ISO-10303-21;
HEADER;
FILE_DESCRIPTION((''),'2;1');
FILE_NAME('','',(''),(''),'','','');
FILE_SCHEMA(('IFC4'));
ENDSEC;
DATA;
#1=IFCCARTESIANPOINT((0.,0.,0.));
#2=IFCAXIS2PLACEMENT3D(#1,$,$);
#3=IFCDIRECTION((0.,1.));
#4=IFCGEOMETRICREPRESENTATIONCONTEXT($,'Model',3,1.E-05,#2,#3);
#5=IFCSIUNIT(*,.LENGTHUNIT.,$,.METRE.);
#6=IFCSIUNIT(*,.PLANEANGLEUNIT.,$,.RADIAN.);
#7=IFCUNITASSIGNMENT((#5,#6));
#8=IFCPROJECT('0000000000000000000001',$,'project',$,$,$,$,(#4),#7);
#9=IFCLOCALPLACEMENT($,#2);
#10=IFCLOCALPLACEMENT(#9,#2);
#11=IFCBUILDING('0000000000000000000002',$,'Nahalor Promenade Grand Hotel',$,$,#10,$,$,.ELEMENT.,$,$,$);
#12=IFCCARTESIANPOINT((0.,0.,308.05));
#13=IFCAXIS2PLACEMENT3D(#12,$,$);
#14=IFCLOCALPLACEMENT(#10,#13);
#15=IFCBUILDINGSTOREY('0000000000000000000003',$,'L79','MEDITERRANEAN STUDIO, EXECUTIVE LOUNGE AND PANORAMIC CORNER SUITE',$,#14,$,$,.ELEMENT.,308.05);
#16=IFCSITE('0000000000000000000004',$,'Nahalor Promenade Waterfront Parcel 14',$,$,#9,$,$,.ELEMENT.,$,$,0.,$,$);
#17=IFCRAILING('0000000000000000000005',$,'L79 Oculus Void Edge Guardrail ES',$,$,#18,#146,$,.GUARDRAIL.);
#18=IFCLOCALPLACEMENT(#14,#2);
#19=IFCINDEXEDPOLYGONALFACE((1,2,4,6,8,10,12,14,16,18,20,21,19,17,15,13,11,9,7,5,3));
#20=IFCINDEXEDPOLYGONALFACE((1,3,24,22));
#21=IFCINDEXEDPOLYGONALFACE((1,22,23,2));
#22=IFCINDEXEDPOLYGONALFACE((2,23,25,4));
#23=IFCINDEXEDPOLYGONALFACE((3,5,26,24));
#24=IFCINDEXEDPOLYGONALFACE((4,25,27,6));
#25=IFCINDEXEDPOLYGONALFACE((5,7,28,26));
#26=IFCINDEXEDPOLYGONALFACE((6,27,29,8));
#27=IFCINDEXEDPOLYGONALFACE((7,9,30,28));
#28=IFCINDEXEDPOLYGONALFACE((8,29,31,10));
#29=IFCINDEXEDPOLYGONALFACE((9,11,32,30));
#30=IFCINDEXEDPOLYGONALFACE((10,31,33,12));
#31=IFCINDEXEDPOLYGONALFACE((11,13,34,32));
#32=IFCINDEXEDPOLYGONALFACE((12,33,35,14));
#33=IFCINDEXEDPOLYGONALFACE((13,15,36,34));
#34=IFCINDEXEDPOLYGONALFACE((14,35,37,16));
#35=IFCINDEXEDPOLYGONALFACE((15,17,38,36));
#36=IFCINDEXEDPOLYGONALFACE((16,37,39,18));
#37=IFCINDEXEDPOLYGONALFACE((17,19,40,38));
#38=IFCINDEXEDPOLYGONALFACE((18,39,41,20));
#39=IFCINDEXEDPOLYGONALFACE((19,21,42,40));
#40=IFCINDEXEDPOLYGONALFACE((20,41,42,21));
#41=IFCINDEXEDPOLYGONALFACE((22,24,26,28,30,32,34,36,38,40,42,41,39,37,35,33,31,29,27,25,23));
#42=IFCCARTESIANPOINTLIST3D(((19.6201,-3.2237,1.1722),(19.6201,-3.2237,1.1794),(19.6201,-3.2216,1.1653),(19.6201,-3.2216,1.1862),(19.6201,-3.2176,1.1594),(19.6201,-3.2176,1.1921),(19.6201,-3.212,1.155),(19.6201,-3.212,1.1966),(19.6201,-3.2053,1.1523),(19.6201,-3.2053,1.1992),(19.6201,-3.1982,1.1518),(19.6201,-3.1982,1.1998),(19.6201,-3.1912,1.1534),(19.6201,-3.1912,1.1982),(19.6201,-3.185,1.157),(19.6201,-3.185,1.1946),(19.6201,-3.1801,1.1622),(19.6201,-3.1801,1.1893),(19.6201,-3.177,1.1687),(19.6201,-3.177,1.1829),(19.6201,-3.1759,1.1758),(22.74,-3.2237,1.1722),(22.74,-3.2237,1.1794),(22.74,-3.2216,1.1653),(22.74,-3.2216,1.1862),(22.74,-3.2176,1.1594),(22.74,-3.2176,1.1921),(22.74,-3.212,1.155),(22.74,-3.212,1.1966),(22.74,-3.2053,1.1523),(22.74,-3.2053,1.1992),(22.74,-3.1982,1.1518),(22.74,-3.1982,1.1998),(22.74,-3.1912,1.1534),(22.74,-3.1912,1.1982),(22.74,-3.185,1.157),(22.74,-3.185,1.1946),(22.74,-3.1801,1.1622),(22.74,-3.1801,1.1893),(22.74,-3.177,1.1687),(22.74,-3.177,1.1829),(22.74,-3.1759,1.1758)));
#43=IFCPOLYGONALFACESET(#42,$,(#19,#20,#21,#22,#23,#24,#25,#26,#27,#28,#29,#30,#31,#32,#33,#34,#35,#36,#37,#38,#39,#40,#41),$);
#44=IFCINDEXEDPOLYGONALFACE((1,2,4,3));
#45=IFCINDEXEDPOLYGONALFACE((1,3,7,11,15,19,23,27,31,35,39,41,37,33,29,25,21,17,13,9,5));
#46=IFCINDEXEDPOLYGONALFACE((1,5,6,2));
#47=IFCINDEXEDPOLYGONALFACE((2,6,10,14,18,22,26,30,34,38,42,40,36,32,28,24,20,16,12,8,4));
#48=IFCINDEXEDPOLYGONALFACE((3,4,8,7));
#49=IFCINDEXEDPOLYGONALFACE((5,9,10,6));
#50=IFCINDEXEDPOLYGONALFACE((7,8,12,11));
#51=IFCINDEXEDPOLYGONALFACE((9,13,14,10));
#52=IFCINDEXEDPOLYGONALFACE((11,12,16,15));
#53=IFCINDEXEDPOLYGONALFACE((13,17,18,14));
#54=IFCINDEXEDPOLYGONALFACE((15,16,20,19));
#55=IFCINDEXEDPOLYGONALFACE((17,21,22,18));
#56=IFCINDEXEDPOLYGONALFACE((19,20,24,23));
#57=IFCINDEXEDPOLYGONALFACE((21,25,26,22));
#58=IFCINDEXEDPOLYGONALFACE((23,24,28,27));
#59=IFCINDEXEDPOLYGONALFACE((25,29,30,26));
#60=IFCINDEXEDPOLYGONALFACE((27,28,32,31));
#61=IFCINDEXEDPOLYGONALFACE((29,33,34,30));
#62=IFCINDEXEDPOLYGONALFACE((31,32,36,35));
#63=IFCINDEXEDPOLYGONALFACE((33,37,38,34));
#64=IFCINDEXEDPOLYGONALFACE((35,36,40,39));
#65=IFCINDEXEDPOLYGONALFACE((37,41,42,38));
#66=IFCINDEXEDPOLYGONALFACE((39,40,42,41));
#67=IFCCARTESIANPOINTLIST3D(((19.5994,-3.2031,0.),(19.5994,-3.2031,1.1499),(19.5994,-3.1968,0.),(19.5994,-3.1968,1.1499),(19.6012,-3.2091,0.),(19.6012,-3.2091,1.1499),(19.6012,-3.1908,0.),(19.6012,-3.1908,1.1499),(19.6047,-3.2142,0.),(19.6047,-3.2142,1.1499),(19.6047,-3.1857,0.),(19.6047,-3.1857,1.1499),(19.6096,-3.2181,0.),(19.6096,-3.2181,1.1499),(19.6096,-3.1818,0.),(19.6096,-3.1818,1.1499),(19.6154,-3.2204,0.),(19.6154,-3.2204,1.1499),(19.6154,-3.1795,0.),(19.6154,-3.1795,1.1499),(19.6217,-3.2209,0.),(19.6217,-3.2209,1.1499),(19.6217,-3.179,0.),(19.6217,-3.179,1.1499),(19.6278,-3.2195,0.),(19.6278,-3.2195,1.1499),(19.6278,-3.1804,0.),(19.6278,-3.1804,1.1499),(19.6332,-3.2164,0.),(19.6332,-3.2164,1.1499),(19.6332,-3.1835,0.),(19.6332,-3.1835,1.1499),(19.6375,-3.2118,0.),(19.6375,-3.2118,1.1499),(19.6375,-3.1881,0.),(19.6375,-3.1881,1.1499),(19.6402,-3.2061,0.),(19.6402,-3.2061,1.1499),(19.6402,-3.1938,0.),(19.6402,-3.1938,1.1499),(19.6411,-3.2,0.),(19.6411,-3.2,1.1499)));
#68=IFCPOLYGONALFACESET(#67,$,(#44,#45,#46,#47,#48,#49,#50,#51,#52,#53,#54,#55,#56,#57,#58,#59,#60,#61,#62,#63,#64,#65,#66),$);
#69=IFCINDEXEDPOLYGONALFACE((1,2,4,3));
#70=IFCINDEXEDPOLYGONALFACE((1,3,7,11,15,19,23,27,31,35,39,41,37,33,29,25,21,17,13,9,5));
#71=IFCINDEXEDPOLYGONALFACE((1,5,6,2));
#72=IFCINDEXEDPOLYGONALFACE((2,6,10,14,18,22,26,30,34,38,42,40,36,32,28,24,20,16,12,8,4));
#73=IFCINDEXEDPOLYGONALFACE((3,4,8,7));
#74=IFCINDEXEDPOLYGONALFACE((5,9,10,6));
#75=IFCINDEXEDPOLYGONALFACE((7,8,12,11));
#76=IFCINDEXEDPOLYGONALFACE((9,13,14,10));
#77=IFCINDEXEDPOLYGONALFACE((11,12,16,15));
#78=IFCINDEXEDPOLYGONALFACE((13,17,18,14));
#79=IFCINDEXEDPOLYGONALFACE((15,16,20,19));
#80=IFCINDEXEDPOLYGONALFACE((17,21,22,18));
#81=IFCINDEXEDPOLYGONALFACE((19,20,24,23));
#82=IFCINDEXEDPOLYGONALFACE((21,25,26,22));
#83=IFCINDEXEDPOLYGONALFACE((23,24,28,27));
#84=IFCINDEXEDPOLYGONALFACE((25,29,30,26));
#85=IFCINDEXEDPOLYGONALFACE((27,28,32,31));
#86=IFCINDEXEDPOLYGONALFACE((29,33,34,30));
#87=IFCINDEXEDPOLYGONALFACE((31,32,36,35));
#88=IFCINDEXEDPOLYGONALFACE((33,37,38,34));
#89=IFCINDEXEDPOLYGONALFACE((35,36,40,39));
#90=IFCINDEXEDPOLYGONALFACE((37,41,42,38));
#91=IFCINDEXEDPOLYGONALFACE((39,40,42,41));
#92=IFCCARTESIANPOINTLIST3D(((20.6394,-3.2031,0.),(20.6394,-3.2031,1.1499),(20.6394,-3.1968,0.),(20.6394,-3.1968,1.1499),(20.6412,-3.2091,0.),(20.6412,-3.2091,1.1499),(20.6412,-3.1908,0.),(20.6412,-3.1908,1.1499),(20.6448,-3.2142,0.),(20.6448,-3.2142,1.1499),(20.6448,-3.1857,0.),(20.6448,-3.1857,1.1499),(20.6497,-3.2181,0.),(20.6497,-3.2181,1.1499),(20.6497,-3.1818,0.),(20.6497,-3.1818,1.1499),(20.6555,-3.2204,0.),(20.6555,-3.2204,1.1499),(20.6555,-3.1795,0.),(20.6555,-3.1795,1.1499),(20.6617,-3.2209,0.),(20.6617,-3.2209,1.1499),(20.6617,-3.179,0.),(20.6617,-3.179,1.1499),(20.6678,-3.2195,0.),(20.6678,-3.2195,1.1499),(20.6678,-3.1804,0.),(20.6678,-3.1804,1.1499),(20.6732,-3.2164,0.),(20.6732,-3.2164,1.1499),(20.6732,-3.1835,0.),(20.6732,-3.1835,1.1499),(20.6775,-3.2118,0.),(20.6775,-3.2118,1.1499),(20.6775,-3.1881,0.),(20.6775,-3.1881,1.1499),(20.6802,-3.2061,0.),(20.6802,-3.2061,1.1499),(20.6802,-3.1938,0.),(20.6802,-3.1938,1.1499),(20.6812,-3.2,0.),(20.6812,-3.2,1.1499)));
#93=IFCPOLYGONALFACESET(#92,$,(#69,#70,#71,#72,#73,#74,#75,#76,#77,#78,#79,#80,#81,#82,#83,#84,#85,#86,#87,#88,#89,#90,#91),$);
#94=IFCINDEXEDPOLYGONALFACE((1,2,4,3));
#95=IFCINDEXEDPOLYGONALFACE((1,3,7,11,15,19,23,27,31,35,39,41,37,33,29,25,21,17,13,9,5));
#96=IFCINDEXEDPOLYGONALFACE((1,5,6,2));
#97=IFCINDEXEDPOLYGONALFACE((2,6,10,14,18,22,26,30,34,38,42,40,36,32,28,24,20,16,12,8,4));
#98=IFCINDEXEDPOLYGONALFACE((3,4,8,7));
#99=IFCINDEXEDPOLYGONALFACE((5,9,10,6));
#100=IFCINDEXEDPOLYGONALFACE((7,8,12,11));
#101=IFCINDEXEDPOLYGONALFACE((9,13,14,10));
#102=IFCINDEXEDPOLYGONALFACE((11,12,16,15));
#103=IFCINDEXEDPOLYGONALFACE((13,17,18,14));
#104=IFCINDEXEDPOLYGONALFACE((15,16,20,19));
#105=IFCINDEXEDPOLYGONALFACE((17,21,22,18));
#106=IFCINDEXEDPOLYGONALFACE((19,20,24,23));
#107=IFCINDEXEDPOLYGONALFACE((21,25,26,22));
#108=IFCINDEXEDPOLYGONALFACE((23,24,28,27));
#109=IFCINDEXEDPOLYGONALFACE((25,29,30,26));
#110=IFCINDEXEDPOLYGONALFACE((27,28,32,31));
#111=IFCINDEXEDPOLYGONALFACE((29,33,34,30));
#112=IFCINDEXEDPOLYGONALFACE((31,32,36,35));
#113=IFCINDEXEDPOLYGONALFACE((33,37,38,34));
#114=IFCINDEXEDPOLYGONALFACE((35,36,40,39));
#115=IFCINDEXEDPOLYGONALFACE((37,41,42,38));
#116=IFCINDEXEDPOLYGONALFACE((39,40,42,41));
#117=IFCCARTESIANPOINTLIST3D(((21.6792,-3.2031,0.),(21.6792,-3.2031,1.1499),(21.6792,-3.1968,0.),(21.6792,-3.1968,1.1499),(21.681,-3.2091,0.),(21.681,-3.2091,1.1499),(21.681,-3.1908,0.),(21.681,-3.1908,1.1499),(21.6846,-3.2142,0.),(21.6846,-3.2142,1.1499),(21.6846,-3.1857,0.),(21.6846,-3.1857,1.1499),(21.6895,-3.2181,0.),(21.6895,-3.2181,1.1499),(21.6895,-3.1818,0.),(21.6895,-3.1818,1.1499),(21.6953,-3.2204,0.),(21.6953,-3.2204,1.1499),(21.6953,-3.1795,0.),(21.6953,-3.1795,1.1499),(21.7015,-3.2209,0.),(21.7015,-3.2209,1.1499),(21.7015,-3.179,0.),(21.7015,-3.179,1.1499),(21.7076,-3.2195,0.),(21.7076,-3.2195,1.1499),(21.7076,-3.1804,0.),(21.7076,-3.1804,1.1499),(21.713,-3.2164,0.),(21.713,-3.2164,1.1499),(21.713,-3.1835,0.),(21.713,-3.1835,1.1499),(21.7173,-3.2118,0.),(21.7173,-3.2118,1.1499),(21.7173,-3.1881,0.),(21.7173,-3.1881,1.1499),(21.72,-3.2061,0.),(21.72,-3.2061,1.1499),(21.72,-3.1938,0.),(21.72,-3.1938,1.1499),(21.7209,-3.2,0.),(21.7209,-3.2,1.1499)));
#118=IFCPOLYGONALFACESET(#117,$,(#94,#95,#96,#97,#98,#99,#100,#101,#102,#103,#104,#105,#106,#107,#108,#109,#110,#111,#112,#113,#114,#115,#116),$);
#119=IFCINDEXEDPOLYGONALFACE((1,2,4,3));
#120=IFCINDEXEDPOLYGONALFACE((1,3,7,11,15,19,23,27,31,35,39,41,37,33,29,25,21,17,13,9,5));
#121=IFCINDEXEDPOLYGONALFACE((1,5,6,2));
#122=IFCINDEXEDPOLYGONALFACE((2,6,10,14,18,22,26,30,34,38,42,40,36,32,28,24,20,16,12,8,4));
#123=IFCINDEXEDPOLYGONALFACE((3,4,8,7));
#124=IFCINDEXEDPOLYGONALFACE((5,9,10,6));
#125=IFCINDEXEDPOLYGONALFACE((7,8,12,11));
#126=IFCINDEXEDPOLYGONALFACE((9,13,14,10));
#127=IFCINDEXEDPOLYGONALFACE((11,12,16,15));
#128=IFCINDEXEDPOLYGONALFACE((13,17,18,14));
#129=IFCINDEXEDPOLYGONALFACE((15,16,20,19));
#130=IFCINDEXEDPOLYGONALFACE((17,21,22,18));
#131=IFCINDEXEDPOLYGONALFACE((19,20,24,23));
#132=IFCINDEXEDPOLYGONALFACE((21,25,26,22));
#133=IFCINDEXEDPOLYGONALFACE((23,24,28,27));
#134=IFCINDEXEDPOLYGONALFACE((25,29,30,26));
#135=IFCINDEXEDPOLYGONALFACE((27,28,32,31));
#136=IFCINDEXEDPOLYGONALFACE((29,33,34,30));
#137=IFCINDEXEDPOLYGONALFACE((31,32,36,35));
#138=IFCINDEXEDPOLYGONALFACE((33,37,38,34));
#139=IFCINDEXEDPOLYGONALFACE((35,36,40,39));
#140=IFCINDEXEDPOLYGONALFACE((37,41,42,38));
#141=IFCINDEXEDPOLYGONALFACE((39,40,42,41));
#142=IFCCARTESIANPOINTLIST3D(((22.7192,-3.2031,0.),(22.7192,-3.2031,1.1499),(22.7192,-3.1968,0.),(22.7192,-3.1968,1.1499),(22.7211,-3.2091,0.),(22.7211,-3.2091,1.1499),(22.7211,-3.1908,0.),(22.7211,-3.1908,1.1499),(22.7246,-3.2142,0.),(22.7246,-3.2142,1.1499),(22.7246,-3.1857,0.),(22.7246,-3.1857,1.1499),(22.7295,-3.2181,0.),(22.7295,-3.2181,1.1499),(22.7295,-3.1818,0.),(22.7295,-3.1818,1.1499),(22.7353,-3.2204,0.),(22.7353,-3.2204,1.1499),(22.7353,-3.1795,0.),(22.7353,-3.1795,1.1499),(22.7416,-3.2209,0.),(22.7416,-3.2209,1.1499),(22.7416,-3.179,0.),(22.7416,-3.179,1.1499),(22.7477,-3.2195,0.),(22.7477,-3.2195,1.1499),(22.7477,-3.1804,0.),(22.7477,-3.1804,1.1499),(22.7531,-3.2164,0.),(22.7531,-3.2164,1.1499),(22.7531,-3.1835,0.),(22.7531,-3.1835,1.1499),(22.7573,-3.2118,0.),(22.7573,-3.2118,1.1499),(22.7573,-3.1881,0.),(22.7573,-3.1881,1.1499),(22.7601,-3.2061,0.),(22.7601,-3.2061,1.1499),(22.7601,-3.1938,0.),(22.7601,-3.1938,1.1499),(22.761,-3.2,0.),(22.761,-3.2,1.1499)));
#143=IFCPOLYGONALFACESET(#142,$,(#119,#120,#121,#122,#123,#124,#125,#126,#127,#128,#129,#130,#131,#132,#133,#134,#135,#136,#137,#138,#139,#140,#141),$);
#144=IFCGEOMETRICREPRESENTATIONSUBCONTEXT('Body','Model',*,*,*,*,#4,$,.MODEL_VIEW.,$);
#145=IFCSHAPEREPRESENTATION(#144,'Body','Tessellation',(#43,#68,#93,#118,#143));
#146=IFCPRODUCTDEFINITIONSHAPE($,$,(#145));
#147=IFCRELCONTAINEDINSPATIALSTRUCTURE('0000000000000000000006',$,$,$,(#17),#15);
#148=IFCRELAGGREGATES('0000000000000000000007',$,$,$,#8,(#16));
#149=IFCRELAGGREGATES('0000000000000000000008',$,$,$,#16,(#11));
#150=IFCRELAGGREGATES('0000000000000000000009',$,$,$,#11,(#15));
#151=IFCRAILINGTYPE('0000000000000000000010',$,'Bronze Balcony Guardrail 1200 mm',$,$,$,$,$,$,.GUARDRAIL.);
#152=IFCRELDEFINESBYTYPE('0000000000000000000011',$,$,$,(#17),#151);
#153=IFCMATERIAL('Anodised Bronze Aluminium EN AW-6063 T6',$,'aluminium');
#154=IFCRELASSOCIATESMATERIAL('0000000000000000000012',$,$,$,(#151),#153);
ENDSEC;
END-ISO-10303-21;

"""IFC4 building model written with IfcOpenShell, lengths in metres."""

from ifc_helpers import new_model, si_unit, direction, frame, origin, origin_2d, place, context, subcontext, project, spatial, circle, extrude, material, type_object, element, save


model = new_model("IFC4")

# Units and contexts
model_context = context("Model", 3, precision=1e-05, world=origin(), true_north=direction((0.0, 1.0)))
body_context = subcontext(model_context, "Body", "Model", "MODEL_VIEW")
ifc_project = project(units=[si_unit("LENGTHUNIT", "METRE"), si_unit("PLANEANGLEUNIT", "RADIAN")], contexts=[model_context])

# Site, building, storey
site_placement = place(None, origin())
site = spatial("IfcSite", under=ifc_project, at=site_placement, Name="Nahalor Promenade Waterfront Parcel 14", CompositionType="ELEMENT", RefElevation=0.0)
building_placement = place(site_placement, origin())
building = spatial("IfcBuilding", under=site, at=building_placement, Name="Nahalor Promenade Grand Hotel", CompositionType="ELEMENT")
storey_placement = place(building_placement, frame((0.0, 0.0, 308.05)))
storey = spatial("IfcBuildingStorey", under=building, at=storey_placement, Name="L79", Description="MEDITERRANEAN STUDIO, EXECUTIVE LOUNGE AND PANORAMIC CORNER SUITE", CompositionType="ELEMENT", Elevation=308.05)

# Shared definitions
ifc_material_1 = material(Name="Anodised Bronze Aluminium EN AW-6063 T6", Category="aluminium")

# Railing
railing_type = type_object("IfcRailingType", Name="Bronze Balcony Guardrail 1200 mm", PredefinedType="GUARDRAIL", material=ifc_material_1)
railing_placement = place(storey_placement, frame((19.6201, -3.2, 0.0)))
element("IfcRailing", 1, at=railing_placement, inside=storey, type_object=railing_type, Name="L79 Oculus Void Edge Guardrail ES", PredefinedType="GUARDRAIL", context=body_context, shape_type="SweptSolid", body=[
    extrude(circle(Radius=0.024, at=origin_2d()), frame((0.0, 0.0, 1.1758), z_axis=(1.0, 0.0, 0.0), x_axis=(0.0, 1.0, 0.0)), (0.0, 0.0, 1.0), 3.1199),
    extrude(circle(Radius=0.021, at=origin_2d()), origin(), (0.0, 0.0, 1.0), 1.1499),
    extrude(circle(Radius=0.021, at=origin_2d()), frame((1.04, 0.0, 0.0)), (0.0, 0.0, 1.0), 1.1499),
    extrude(circle(Radius=0.021, at=origin_2d()), frame((2.0798, 0.0, 0.0)), (0.0, 0.0, 1.0), 1.1499),
    extrude(circle(Radius=0.021, at=origin_2d()), frame((3.1199, 0.0, 0.0)), (0.0, 0.0, 1.0), 1.1499),
])

save(model, "model.ifc")
